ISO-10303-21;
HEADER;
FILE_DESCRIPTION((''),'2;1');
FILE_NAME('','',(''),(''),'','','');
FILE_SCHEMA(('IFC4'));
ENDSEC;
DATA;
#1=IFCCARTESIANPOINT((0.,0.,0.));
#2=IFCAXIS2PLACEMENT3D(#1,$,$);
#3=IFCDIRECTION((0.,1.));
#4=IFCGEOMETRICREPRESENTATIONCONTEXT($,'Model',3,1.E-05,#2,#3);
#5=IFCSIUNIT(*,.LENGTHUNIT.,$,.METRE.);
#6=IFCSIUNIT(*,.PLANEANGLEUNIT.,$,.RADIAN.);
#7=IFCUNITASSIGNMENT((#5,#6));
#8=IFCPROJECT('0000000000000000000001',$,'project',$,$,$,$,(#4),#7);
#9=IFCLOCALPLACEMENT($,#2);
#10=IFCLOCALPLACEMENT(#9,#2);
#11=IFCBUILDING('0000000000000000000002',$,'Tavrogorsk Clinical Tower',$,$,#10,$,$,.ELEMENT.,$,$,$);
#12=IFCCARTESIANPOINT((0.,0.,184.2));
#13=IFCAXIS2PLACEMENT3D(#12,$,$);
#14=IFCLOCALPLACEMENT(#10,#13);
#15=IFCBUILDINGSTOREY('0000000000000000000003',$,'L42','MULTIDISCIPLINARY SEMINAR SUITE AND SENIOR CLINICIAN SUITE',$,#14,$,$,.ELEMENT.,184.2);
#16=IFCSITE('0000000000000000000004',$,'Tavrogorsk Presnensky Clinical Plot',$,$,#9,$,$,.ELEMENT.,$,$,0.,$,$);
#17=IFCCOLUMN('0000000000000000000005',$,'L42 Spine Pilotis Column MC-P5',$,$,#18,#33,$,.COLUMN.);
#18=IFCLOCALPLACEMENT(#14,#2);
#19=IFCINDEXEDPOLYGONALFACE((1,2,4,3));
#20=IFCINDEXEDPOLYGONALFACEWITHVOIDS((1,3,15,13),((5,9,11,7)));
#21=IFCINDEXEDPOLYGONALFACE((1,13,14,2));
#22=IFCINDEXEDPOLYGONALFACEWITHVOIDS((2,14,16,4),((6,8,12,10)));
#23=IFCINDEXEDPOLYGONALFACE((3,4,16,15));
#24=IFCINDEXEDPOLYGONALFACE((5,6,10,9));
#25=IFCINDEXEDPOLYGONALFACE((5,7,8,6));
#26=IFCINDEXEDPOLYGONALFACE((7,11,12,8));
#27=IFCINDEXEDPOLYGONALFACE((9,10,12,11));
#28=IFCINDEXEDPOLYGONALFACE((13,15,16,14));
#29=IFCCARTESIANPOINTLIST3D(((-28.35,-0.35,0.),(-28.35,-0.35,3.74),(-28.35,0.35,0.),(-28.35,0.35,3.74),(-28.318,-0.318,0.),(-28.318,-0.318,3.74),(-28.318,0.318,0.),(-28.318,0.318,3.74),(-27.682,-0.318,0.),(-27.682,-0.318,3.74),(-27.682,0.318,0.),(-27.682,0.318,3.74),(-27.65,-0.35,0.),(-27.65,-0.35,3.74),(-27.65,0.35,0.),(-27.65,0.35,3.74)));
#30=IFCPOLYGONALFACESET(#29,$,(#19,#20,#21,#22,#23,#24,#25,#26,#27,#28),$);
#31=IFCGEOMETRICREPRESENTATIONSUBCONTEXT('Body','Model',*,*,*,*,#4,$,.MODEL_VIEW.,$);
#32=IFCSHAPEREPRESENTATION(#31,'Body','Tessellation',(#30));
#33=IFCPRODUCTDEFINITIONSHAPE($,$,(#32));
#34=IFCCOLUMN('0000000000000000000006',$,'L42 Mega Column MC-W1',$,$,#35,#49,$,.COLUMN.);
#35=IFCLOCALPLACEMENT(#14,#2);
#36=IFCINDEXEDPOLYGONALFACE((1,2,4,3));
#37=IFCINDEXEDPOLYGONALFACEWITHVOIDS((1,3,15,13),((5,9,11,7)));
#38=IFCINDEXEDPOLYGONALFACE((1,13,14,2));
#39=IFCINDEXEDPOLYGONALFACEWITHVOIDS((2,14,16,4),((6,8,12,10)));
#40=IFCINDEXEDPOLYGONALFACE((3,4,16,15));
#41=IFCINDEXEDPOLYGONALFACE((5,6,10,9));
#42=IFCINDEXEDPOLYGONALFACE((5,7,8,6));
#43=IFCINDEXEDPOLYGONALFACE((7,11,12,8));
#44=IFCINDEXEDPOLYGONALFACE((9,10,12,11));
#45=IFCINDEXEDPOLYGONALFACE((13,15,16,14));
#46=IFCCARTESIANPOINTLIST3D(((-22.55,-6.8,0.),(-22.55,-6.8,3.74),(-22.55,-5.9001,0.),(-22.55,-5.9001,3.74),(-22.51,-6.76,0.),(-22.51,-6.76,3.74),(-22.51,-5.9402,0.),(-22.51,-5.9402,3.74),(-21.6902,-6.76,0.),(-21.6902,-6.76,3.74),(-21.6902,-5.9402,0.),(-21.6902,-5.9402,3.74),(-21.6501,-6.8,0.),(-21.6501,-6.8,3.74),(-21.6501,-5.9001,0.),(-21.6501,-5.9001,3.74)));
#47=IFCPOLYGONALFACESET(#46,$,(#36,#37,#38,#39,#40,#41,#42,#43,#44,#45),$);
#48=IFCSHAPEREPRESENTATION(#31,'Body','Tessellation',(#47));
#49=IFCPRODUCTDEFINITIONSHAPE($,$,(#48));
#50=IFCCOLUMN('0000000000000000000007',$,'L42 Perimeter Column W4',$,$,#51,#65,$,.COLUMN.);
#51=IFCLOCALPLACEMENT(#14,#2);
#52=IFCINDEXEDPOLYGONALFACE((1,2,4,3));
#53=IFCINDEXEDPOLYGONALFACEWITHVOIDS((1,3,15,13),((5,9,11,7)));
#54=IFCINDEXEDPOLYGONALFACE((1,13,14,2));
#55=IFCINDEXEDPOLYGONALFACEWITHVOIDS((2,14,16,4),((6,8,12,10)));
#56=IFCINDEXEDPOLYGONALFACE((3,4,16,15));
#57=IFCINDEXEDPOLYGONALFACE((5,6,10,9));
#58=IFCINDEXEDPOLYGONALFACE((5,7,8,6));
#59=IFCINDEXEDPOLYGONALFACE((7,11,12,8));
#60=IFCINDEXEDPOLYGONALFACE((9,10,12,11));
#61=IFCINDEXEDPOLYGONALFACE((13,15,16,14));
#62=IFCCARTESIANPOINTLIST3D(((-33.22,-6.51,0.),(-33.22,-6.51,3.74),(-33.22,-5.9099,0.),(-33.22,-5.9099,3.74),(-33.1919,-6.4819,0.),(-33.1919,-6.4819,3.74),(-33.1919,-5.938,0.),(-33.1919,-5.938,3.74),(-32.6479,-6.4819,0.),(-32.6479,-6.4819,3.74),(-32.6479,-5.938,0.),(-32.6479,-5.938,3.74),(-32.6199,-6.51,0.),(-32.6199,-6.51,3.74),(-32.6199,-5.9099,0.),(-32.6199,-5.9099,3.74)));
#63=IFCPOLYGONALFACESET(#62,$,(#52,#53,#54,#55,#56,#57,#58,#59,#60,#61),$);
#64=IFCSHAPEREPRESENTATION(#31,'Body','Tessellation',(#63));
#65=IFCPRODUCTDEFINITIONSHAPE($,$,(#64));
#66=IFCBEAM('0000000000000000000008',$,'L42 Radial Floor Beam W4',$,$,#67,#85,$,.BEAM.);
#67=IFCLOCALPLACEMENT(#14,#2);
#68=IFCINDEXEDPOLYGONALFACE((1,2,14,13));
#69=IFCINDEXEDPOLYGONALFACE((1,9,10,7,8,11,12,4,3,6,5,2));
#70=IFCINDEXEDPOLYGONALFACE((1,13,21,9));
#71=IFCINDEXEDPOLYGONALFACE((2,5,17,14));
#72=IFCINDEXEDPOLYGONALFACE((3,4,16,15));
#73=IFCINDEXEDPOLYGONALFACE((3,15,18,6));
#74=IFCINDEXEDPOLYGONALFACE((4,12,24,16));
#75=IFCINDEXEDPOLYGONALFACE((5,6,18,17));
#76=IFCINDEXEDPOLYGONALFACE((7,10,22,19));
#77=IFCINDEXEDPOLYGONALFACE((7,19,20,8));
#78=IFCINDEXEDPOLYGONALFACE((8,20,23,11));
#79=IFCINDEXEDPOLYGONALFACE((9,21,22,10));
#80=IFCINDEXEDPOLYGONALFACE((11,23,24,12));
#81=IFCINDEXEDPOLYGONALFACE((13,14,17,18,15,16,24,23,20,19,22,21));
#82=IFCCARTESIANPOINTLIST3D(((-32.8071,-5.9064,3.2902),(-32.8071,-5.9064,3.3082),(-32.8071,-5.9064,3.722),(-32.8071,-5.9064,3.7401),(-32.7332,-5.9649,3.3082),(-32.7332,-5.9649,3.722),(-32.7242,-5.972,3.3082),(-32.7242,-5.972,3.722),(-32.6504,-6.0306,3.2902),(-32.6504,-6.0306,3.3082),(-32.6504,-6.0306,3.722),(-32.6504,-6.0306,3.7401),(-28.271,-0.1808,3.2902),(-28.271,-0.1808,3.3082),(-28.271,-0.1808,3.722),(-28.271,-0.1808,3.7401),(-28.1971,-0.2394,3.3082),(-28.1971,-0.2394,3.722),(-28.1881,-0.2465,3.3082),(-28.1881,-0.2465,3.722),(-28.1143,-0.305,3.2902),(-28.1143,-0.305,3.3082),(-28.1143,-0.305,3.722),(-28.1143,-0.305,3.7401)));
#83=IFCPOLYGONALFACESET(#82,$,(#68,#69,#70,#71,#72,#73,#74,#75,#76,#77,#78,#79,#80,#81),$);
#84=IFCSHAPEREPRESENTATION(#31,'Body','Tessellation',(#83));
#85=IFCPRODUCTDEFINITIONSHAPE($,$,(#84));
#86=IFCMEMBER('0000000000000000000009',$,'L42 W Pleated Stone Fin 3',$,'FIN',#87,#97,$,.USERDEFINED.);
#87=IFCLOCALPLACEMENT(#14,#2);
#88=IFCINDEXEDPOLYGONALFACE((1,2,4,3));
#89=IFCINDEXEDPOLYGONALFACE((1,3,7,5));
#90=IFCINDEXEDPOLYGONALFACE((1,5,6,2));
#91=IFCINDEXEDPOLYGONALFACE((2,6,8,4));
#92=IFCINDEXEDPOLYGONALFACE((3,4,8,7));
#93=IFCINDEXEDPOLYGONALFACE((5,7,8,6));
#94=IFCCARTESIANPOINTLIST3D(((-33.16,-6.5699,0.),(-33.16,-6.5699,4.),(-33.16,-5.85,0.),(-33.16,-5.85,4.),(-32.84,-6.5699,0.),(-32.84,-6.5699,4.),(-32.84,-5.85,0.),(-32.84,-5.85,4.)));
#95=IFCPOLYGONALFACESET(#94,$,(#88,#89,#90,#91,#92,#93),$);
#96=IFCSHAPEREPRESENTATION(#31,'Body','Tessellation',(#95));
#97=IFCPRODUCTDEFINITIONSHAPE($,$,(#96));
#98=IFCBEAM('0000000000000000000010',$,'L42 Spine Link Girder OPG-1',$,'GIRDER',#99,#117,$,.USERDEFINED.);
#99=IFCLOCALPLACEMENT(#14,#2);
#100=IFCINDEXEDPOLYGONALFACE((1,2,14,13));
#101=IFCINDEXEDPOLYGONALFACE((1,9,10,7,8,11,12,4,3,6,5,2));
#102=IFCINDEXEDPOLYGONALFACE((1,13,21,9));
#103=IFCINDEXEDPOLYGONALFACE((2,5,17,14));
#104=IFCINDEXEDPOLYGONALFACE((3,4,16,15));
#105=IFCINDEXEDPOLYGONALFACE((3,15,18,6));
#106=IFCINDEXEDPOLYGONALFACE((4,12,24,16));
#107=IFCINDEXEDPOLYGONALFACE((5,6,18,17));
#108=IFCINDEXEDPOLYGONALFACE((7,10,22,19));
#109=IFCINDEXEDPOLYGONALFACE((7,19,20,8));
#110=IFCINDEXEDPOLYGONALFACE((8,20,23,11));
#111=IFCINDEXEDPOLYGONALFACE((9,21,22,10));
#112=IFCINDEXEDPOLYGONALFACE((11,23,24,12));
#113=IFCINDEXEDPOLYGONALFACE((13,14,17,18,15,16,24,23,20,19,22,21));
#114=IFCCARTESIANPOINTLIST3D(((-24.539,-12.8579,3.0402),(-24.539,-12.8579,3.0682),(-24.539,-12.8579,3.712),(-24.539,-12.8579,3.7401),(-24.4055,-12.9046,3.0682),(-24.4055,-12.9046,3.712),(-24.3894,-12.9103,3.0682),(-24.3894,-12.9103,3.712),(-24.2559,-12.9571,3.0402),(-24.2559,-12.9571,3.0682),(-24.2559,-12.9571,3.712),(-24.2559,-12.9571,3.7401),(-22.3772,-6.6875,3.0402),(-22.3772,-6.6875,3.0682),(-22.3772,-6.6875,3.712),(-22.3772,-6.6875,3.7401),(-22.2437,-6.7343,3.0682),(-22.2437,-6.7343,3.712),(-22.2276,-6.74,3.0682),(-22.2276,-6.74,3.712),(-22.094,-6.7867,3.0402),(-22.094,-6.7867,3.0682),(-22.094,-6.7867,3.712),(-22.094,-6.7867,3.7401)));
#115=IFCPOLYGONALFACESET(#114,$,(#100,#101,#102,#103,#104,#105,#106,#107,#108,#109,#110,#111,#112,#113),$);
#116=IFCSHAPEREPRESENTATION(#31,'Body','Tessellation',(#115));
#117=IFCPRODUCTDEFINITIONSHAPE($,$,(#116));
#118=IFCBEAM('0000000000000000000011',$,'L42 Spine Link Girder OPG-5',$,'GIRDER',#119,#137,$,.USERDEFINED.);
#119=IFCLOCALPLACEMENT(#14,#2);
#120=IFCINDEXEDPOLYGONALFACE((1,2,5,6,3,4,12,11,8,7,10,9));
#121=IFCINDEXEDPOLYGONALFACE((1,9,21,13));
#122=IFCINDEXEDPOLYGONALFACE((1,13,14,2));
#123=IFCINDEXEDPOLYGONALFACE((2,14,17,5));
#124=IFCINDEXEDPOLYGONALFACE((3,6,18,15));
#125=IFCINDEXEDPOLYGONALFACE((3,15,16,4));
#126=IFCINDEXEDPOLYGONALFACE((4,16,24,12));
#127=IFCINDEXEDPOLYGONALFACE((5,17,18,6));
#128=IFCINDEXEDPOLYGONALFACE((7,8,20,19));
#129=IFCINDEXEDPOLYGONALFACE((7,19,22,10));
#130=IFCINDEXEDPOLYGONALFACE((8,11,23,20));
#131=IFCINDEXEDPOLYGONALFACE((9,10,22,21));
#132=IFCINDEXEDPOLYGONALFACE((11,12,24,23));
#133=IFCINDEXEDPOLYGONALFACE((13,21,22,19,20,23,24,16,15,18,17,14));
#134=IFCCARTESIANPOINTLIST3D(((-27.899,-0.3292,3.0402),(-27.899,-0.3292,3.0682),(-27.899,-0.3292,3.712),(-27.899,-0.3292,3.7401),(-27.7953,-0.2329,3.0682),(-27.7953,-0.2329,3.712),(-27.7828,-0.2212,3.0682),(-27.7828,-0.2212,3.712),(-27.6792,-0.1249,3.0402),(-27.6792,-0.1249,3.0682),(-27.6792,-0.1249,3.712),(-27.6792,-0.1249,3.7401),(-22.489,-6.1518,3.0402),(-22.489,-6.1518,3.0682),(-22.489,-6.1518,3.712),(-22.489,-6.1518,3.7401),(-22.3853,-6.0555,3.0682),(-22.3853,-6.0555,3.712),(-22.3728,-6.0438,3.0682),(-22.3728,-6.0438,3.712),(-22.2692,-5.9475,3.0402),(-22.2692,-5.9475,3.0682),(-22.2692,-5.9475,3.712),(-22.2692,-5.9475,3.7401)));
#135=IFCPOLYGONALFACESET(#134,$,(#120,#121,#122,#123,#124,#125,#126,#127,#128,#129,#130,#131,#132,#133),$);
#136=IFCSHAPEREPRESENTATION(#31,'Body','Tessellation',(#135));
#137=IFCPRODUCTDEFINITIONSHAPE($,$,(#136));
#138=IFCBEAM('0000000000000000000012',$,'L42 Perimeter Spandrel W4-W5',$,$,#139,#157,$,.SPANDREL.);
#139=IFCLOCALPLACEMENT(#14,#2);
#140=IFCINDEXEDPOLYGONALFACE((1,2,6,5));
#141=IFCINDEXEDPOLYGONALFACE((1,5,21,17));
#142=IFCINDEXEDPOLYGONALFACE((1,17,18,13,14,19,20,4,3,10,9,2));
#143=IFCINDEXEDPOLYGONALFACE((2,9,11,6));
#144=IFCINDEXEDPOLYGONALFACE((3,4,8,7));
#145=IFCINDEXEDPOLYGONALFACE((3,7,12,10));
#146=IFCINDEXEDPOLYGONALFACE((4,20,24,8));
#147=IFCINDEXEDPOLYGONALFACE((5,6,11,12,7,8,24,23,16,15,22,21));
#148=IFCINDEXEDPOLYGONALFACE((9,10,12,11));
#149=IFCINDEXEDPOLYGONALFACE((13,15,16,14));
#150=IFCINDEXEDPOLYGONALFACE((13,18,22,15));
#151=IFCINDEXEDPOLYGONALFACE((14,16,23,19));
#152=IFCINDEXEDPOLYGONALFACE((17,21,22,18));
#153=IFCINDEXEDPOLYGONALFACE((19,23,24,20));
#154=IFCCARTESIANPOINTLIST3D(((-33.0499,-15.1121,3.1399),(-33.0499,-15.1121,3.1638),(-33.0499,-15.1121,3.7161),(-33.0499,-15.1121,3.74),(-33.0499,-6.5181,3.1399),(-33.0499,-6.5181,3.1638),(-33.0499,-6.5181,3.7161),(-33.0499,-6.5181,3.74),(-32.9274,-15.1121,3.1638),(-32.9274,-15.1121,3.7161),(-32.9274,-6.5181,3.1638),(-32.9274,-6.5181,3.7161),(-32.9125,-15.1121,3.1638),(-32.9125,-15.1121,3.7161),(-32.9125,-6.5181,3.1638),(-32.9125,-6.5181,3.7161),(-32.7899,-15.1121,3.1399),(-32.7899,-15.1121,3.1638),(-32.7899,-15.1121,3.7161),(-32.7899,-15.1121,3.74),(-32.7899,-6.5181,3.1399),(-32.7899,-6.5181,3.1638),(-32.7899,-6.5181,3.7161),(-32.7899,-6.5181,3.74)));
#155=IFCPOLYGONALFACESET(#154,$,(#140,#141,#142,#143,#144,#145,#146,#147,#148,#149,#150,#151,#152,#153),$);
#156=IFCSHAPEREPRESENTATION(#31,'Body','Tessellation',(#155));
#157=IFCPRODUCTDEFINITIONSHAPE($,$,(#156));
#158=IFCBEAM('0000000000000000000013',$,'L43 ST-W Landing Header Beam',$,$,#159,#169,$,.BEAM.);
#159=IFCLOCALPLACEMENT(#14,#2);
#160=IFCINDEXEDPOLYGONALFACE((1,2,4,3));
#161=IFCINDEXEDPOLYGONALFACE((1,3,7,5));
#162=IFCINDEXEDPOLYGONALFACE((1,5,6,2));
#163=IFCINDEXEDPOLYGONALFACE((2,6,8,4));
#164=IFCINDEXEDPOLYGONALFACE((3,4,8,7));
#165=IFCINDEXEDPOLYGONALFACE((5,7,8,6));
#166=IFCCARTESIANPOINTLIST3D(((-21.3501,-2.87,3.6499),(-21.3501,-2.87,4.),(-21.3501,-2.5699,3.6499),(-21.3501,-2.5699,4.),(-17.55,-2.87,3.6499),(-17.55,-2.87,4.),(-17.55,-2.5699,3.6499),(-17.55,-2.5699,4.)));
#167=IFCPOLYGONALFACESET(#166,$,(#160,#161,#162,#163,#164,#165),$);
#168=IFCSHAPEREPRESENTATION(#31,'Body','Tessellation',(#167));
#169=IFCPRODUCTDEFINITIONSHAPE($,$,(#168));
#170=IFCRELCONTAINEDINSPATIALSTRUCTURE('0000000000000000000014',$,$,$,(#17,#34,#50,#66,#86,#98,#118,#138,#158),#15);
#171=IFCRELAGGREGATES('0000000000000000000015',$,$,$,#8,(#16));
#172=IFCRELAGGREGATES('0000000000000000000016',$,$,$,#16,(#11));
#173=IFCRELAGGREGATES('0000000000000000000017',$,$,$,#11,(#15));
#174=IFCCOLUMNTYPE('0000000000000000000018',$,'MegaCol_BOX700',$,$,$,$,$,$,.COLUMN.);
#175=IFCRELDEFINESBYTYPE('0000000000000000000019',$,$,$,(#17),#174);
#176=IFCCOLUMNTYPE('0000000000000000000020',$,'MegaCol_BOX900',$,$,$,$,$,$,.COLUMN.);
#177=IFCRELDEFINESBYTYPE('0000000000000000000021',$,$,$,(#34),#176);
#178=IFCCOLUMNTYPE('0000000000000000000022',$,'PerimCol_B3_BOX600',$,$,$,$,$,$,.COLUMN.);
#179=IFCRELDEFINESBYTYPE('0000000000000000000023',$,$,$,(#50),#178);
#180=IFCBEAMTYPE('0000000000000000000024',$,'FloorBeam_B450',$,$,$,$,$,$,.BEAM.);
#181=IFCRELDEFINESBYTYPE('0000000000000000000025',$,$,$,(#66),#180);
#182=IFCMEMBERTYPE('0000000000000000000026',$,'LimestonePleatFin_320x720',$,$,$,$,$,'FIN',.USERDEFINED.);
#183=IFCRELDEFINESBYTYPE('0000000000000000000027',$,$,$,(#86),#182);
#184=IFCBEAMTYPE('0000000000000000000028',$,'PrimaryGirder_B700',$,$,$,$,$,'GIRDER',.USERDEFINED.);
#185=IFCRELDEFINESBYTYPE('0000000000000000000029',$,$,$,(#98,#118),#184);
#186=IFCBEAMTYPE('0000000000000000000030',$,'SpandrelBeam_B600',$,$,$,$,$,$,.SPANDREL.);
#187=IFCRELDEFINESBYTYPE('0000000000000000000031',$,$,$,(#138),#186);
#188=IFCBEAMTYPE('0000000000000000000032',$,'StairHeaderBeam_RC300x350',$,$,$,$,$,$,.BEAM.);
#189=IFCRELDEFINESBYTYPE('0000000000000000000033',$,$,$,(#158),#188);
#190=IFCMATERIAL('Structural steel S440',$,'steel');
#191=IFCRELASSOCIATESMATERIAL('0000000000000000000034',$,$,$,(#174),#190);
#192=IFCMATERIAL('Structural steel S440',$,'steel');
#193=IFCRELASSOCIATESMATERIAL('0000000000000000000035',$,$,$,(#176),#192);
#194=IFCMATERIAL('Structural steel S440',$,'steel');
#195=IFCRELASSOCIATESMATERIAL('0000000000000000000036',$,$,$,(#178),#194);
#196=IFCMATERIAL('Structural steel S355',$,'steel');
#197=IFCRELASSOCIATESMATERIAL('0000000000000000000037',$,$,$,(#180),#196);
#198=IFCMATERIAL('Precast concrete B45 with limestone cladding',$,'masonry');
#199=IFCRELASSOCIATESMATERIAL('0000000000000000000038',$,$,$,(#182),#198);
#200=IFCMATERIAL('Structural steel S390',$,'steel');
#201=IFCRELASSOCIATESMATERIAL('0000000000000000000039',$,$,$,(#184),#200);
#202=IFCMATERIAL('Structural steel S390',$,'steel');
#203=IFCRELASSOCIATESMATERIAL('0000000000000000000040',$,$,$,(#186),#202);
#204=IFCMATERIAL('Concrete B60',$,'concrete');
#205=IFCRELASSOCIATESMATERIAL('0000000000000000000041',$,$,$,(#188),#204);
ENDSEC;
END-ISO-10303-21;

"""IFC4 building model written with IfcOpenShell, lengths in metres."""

from ifc_helpers import new_model, si_unit, direction, frame, origin, origin_2d, place, context, subcontext, project, spatial, rectangle, hollow_rectangle, i_section, extrude, material, material_profile, profile_set, type_object, element, save


model = new_model("IFC4")

# Units and contexts
model_context = context("Model", 3, precision=1e-05, world=origin(), true_north=direction((0.0, 1.0)))
body_context = subcontext(model_context, "Body", "Model", "MODEL_VIEW")
ifc_project = project(units=[si_unit("LENGTHUNIT", "METRE"), si_unit("PLANEANGLEUNIT", "RADIAN")], contexts=[model_context])

# Site, building, storey
site_placement = place(None, origin())
site = spatial("IfcSite", under=ifc_project, at=site_placement, Name="Tavrogorsk Presnensky Clinical Plot", CompositionType="ELEMENT", RefElevation=0.0)
building_placement = place(site_placement, origin())
building = spatial("IfcBuilding", under=site, at=building_placement, Name="Tavrogorsk Clinical Tower", CompositionType="ELEMENT")
storey_placement = place(building_placement, frame((0.0, 0.0, 184.2)))
storey = spatial("IfcBuildingStorey", under=building, at=storey_placement, Name="L42", Description="MULTIDISCIPLINARY SEMINAR SUITE AND SENIOR CLINICIAN SUITE", CompositionType="ELEMENT", Elevation=184.2)

# Columns
ifc_material_1 = material(Name="Structural steel S440", Category="steel")
ifc_material_profile_1 = material_profile(ifc_material_1, hollow_rectangle(XDim=0.7, YDim=0.7, WallThickness=0.032, at=origin_2d()), Name="BOX-700x700x32")
ifc_profile_set_1 = profile_set([ifc_material_profile_1], Name="Structural steel S440")
column_type_1 = type_object("IfcColumnType", Name="MegaCol_BOX700", PredefinedType="COLUMN", material=ifc_profile_set_1)
column_1_placement = place(storey_placement, frame((-28.0, 0.0, 0.0), z_axis=(0.0, 0.0, 1.0), x_axis=(1.0, 0.0, 0.0)))
element("IfcColumn", 1, at=column_1_placement, inside=storey, type_object=column_type_1, Name="L42 Spine Pilotis Column MC-P5", PredefinedType="COLUMN", context=body_context, shape_type="SweptSolid", body=[
    extrude(hollow_rectangle(XDim=0.7, YDim=0.7, WallThickness=0.032, at=origin_2d()), origin(), (0.0, 0.0, 1.0), 3.74),
])
ifc_material_2 = material(Name="Structural steel S440", Category="steel")
ifc_material_profile_2 = material_profile(ifc_material_2, hollow_rectangle(XDim=0.8999, YDim=0.8999, WallThickness=0.04, at=origin_2d()), Name="BOX-900x900x40")
ifc_profile_set_2 = profile_set([ifc_material_profile_2], Name="Structural steel S440")
column_type_2 = type_object("IfcColumnType", Name="MegaCol_BOX900", PredefinedType="COLUMN", material=ifc_profile_set_2)
column_2_placement = place(storey_placement, frame((-22.1001, -6.3501, 0.0), z_axis=(0.0, 0.0, 1.0), x_axis=(1.0, 0.0, 0.0)))
element("IfcColumn", 2, at=column_2_placement, inside=storey, type_object=column_type_2, Name="L42 Mega Column MC-W1", PredefinedType="COLUMN", context=body_context, shape_type="SweptSolid", body=[
    extrude(hollow_rectangle(XDim=0.8999, YDim=0.8999, WallThickness=0.04, at=origin_2d()), origin(), (0.0, 0.0, 1.0), 3.74),
])
ifc_material_3 = material(Name="Structural steel S440", Category="steel")
ifc_material_profile_3 = material_profile(ifc_material_3, hollow_rectangle(XDim=0.6001, YDim=0.6001, WallThickness=0.0281, at=origin_2d()), Name="BOX-600x600x28")
ifc_profile_set_3 = profile_set([ifc_material_profile_3], Name="Structural steel S440")
column_type_3 = type_object("IfcColumnType", Name="PerimCol_B3_BOX600", PredefinedType="COLUMN", material=ifc_profile_set_3)
column_3_placement = place(storey_placement, frame((-32.9199, -6.21, 0.0), z_axis=(0.0, 0.0, 1.0), x_axis=(1.0, 0.0, 0.0)))
element("IfcColumn", 3, at=column_3_placement, inside=storey, type_object=column_type_3, Name="L42 Perimeter Column W4", PredefinedType="COLUMN", context=body_context, shape_type="SweptSolid", body=[
    extrude(hollow_rectangle(XDim=0.6001, YDim=0.6001, WallThickness=0.0281, at=origin_2d()), origin(), (0.0, 0.0, 1.0), 3.74),
])

# Beam
ifc_material_4 = material(Name="Structural steel S355", Category="steel")
ifc_material_profile_4 = material_profile(ifc_material_4, i_section(OverallWidth=0.2, OverallDepth=0.45, WebThickness=0.0115, FlangeThickness=0.0181, at=origin_2d()), Name="B-450x200x11.5x18")
ifc_profile_set_4 = profile_set([ifc_material_profile_4], Name="Structural steel S355")
beam_type_1 = type_object("IfcBeamType", Name="FloorBeam_B450", PredefinedType="BEAM", material=ifc_profile_set_4)
beam_1_placement = place(storey_placement, frame((-28.1926, -0.2429, 3.5151), z_axis=(-0.620987, -0.783821, 0.0), x_axis=(0.783821, -0.620987, 0.0)))
element("IfcBeam", 4, at=beam_1_placement, inside=storey, type_object=beam_type_1, Name="L42 Radial Floor Beam W4", PredefinedType="BEAM", context=body_context, shape_type="SweptSolid", body=[
    extrude(i_section(OverallWidth=0.2, OverallDepth=0.45, WebThickness=0.0115, FlangeThickness=0.0181, at=origin_2d()), origin(), (0.0, 0.0, 1.0), 7.3047),
])

# Member
ifc_material_5 = material(Name="Precast concrete B45 with limestone cladding", Category="masonry")
ifc_material_profile_5 = material_profile(ifc_material_5, rectangle(XDim=0.3201, YDim=0.72, at=origin_2d()), Name="LIMESTONE-FIN-320x720")
ifc_profile_set_5 = profile_set([ifc_material_profile_5], Name="Precast concrete B45 with limestone cladding")
member_type = type_object("IfcMemberType", Name="LimestonePleatFin_320x720", ElementType="FIN", PredefinedType="USERDEFINED", material=ifc_profile_set_5)
member_placement = place(storey_placement, frame((-33.0, -6.21, 0.0), z_axis=(0.0, 0.0, 1.0), x_axis=(1.0, 0.0, 0.0)))
element("IfcMember", 5, at=member_placement, inside=storey, type_object=member_type, Name="L42 W Pleated Stone Fin 3", ObjectType="FIN", PredefinedType="USERDEFINED", context=body_context, shape_type="SweptSolid", body=[
    extrude(rectangle(XDim=0.3201, YDim=0.72, at=origin_2d()), origin(), (0.0, 0.0, 1.0), 4.0),
])

# Beams
ifc_material_6 = material(Name="Structural steel S390", Category="steel")
ifc_material_profile_6 = material_profile(ifc_material_6, i_section(OverallWidth=0.3, OverallDepth=0.7, WebThickness=0.0171, FlangeThickness=0.0281, at=origin_2d()), Name="B-700x300x17x28")
ifc_profile_set_6 = profile_set([ifc_material_profile_6], Name="Structural steel S390")
beam_type_2 = type_object("IfcBeamType", Name="PrimaryGirder_B700", ElementType="GIRDER", PredefinedType="USERDEFINED", material=ifc_profile_set_6)
beam_2_placement = place(storey_placement, frame((-24.3975, -12.9075, 3.3901), z_axis=(0.330653, 0.943752, 0.0), x_axis=(-0.943752, 0.330653, 0.0)))
element("IfcBeam", 6, at=beam_2_placement, inside=storey, type_object=beam_type_2, Name="L42 Spine Link Girder OPG-1", ObjectType="GIRDER", PredefinedType="USERDEFINED", context=body_context, shape_type="SweptSolid", body=[
    extrude(i_section(OverallWidth=0.3, OverallDepth=0.7, WebThickness=0.0171, FlangeThickness=0.0281, at=origin_2d()), origin(), (0.0, 0.0, 1.0), 6.5381),
])
beam_3_placement = place(storey_placement, frame((-27.7891, -0.2271, 3.3901), z_axis=(0.680674, -0.732587, 0.0), x_axis=(0.732587, 0.680674, 0.0)))
element("IfcBeam", 7, at=beam_3_placement, inside=storey, type_object=beam_type_2, Name="L42 Spine Link Girder OPG-5", ObjectType="GIRDER", PredefinedType="USERDEFINED", context=body_context, shape_type="SweptSolid", body=[
    extrude(i_section(OverallWidth=0.3, OverallDepth=0.7, WebThickness=0.0171, FlangeThickness=0.0281, at=origin_2d()), origin(), (0.0, 0.0, 1.0), 7.948),
])
ifc_material_7 = material(Name="Structural steel S390", Category="steel")
ifc_material_profile_7 = material_profile(ifc_material_7, i_section(OverallWidth=0.26, OverallDepth=0.6001, WebThickness=0.0149, FlangeThickness=0.0239, at=origin_2d()), Name="B-600x260x15x24")
ifc_profile_set_7 = profile_set([ifc_material_profile_7], Name="Structural steel S390")
beam_type_3 = type_object("IfcBeamType", Name="SpandrelBeam_B600", PredefinedType="SPANDREL", material=ifc_profile_set_7)
beam_4_placement = place(storey_placement, frame((-32.9199, -6.5181, 3.4399), z_axis=(0.0, -1.0, 0.0), x_axis=(1.0, 0.0, 0.0)))
element("IfcBeam", 8, at=beam_4_placement, inside=storey, type_object=beam_type_3, Name="L42 Perimeter Spandrel W4-W5", PredefinedType="SPANDREL", context=body_context, shape_type="SweptSolid", body=[
    extrude(i_section(OverallWidth=0.26, OverallDepth=0.6001, WebThickness=0.0149, FlangeThickness=0.0239, at=origin_2d()), origin(), (0.0, 0.0, 1.0), 8.594),
])
ifc_material_8 = material(Name="Concrete B60", Category="concrete")
ifc_material_profile_8 = material_profile(ifc_material_8, rectangle(XDim=0.3, YDim=0.3501, at=origin_2d()), Name="RC-SHB-300x350")
ifc_profile_set_8 = profile_set([ifc_material_profile_8], Name="Concrete B60")
beam_type_4 = type_object("IfcBeamType", Name="StairHeaderBeam_RC300x350", PredefinedType="BEAM", material=ifc_profile_set_8)
beam_5_placement = place(storey_placement, frame((-21.3501, -2.72, 3.825), z_axis=(1.0, 0.0, 0.0), x_axis=(0.0, 1.0, 0.0)))
element("IfcBeam", 9, at=beam_5_placement, inside=storey, type_object=beam_type_4, Name="L43 ST-W Landing Header Beam", PredefinedType="BEAM", context=body_context, shape_type="SweptSolid", body=[
    extrude(rectangle(XDim=0.3, YDim=0.3501, at=origin_2d()), origin(), (0.0, 0.0, 1.0), 3.8),
])

save(model, "model.ifc")
